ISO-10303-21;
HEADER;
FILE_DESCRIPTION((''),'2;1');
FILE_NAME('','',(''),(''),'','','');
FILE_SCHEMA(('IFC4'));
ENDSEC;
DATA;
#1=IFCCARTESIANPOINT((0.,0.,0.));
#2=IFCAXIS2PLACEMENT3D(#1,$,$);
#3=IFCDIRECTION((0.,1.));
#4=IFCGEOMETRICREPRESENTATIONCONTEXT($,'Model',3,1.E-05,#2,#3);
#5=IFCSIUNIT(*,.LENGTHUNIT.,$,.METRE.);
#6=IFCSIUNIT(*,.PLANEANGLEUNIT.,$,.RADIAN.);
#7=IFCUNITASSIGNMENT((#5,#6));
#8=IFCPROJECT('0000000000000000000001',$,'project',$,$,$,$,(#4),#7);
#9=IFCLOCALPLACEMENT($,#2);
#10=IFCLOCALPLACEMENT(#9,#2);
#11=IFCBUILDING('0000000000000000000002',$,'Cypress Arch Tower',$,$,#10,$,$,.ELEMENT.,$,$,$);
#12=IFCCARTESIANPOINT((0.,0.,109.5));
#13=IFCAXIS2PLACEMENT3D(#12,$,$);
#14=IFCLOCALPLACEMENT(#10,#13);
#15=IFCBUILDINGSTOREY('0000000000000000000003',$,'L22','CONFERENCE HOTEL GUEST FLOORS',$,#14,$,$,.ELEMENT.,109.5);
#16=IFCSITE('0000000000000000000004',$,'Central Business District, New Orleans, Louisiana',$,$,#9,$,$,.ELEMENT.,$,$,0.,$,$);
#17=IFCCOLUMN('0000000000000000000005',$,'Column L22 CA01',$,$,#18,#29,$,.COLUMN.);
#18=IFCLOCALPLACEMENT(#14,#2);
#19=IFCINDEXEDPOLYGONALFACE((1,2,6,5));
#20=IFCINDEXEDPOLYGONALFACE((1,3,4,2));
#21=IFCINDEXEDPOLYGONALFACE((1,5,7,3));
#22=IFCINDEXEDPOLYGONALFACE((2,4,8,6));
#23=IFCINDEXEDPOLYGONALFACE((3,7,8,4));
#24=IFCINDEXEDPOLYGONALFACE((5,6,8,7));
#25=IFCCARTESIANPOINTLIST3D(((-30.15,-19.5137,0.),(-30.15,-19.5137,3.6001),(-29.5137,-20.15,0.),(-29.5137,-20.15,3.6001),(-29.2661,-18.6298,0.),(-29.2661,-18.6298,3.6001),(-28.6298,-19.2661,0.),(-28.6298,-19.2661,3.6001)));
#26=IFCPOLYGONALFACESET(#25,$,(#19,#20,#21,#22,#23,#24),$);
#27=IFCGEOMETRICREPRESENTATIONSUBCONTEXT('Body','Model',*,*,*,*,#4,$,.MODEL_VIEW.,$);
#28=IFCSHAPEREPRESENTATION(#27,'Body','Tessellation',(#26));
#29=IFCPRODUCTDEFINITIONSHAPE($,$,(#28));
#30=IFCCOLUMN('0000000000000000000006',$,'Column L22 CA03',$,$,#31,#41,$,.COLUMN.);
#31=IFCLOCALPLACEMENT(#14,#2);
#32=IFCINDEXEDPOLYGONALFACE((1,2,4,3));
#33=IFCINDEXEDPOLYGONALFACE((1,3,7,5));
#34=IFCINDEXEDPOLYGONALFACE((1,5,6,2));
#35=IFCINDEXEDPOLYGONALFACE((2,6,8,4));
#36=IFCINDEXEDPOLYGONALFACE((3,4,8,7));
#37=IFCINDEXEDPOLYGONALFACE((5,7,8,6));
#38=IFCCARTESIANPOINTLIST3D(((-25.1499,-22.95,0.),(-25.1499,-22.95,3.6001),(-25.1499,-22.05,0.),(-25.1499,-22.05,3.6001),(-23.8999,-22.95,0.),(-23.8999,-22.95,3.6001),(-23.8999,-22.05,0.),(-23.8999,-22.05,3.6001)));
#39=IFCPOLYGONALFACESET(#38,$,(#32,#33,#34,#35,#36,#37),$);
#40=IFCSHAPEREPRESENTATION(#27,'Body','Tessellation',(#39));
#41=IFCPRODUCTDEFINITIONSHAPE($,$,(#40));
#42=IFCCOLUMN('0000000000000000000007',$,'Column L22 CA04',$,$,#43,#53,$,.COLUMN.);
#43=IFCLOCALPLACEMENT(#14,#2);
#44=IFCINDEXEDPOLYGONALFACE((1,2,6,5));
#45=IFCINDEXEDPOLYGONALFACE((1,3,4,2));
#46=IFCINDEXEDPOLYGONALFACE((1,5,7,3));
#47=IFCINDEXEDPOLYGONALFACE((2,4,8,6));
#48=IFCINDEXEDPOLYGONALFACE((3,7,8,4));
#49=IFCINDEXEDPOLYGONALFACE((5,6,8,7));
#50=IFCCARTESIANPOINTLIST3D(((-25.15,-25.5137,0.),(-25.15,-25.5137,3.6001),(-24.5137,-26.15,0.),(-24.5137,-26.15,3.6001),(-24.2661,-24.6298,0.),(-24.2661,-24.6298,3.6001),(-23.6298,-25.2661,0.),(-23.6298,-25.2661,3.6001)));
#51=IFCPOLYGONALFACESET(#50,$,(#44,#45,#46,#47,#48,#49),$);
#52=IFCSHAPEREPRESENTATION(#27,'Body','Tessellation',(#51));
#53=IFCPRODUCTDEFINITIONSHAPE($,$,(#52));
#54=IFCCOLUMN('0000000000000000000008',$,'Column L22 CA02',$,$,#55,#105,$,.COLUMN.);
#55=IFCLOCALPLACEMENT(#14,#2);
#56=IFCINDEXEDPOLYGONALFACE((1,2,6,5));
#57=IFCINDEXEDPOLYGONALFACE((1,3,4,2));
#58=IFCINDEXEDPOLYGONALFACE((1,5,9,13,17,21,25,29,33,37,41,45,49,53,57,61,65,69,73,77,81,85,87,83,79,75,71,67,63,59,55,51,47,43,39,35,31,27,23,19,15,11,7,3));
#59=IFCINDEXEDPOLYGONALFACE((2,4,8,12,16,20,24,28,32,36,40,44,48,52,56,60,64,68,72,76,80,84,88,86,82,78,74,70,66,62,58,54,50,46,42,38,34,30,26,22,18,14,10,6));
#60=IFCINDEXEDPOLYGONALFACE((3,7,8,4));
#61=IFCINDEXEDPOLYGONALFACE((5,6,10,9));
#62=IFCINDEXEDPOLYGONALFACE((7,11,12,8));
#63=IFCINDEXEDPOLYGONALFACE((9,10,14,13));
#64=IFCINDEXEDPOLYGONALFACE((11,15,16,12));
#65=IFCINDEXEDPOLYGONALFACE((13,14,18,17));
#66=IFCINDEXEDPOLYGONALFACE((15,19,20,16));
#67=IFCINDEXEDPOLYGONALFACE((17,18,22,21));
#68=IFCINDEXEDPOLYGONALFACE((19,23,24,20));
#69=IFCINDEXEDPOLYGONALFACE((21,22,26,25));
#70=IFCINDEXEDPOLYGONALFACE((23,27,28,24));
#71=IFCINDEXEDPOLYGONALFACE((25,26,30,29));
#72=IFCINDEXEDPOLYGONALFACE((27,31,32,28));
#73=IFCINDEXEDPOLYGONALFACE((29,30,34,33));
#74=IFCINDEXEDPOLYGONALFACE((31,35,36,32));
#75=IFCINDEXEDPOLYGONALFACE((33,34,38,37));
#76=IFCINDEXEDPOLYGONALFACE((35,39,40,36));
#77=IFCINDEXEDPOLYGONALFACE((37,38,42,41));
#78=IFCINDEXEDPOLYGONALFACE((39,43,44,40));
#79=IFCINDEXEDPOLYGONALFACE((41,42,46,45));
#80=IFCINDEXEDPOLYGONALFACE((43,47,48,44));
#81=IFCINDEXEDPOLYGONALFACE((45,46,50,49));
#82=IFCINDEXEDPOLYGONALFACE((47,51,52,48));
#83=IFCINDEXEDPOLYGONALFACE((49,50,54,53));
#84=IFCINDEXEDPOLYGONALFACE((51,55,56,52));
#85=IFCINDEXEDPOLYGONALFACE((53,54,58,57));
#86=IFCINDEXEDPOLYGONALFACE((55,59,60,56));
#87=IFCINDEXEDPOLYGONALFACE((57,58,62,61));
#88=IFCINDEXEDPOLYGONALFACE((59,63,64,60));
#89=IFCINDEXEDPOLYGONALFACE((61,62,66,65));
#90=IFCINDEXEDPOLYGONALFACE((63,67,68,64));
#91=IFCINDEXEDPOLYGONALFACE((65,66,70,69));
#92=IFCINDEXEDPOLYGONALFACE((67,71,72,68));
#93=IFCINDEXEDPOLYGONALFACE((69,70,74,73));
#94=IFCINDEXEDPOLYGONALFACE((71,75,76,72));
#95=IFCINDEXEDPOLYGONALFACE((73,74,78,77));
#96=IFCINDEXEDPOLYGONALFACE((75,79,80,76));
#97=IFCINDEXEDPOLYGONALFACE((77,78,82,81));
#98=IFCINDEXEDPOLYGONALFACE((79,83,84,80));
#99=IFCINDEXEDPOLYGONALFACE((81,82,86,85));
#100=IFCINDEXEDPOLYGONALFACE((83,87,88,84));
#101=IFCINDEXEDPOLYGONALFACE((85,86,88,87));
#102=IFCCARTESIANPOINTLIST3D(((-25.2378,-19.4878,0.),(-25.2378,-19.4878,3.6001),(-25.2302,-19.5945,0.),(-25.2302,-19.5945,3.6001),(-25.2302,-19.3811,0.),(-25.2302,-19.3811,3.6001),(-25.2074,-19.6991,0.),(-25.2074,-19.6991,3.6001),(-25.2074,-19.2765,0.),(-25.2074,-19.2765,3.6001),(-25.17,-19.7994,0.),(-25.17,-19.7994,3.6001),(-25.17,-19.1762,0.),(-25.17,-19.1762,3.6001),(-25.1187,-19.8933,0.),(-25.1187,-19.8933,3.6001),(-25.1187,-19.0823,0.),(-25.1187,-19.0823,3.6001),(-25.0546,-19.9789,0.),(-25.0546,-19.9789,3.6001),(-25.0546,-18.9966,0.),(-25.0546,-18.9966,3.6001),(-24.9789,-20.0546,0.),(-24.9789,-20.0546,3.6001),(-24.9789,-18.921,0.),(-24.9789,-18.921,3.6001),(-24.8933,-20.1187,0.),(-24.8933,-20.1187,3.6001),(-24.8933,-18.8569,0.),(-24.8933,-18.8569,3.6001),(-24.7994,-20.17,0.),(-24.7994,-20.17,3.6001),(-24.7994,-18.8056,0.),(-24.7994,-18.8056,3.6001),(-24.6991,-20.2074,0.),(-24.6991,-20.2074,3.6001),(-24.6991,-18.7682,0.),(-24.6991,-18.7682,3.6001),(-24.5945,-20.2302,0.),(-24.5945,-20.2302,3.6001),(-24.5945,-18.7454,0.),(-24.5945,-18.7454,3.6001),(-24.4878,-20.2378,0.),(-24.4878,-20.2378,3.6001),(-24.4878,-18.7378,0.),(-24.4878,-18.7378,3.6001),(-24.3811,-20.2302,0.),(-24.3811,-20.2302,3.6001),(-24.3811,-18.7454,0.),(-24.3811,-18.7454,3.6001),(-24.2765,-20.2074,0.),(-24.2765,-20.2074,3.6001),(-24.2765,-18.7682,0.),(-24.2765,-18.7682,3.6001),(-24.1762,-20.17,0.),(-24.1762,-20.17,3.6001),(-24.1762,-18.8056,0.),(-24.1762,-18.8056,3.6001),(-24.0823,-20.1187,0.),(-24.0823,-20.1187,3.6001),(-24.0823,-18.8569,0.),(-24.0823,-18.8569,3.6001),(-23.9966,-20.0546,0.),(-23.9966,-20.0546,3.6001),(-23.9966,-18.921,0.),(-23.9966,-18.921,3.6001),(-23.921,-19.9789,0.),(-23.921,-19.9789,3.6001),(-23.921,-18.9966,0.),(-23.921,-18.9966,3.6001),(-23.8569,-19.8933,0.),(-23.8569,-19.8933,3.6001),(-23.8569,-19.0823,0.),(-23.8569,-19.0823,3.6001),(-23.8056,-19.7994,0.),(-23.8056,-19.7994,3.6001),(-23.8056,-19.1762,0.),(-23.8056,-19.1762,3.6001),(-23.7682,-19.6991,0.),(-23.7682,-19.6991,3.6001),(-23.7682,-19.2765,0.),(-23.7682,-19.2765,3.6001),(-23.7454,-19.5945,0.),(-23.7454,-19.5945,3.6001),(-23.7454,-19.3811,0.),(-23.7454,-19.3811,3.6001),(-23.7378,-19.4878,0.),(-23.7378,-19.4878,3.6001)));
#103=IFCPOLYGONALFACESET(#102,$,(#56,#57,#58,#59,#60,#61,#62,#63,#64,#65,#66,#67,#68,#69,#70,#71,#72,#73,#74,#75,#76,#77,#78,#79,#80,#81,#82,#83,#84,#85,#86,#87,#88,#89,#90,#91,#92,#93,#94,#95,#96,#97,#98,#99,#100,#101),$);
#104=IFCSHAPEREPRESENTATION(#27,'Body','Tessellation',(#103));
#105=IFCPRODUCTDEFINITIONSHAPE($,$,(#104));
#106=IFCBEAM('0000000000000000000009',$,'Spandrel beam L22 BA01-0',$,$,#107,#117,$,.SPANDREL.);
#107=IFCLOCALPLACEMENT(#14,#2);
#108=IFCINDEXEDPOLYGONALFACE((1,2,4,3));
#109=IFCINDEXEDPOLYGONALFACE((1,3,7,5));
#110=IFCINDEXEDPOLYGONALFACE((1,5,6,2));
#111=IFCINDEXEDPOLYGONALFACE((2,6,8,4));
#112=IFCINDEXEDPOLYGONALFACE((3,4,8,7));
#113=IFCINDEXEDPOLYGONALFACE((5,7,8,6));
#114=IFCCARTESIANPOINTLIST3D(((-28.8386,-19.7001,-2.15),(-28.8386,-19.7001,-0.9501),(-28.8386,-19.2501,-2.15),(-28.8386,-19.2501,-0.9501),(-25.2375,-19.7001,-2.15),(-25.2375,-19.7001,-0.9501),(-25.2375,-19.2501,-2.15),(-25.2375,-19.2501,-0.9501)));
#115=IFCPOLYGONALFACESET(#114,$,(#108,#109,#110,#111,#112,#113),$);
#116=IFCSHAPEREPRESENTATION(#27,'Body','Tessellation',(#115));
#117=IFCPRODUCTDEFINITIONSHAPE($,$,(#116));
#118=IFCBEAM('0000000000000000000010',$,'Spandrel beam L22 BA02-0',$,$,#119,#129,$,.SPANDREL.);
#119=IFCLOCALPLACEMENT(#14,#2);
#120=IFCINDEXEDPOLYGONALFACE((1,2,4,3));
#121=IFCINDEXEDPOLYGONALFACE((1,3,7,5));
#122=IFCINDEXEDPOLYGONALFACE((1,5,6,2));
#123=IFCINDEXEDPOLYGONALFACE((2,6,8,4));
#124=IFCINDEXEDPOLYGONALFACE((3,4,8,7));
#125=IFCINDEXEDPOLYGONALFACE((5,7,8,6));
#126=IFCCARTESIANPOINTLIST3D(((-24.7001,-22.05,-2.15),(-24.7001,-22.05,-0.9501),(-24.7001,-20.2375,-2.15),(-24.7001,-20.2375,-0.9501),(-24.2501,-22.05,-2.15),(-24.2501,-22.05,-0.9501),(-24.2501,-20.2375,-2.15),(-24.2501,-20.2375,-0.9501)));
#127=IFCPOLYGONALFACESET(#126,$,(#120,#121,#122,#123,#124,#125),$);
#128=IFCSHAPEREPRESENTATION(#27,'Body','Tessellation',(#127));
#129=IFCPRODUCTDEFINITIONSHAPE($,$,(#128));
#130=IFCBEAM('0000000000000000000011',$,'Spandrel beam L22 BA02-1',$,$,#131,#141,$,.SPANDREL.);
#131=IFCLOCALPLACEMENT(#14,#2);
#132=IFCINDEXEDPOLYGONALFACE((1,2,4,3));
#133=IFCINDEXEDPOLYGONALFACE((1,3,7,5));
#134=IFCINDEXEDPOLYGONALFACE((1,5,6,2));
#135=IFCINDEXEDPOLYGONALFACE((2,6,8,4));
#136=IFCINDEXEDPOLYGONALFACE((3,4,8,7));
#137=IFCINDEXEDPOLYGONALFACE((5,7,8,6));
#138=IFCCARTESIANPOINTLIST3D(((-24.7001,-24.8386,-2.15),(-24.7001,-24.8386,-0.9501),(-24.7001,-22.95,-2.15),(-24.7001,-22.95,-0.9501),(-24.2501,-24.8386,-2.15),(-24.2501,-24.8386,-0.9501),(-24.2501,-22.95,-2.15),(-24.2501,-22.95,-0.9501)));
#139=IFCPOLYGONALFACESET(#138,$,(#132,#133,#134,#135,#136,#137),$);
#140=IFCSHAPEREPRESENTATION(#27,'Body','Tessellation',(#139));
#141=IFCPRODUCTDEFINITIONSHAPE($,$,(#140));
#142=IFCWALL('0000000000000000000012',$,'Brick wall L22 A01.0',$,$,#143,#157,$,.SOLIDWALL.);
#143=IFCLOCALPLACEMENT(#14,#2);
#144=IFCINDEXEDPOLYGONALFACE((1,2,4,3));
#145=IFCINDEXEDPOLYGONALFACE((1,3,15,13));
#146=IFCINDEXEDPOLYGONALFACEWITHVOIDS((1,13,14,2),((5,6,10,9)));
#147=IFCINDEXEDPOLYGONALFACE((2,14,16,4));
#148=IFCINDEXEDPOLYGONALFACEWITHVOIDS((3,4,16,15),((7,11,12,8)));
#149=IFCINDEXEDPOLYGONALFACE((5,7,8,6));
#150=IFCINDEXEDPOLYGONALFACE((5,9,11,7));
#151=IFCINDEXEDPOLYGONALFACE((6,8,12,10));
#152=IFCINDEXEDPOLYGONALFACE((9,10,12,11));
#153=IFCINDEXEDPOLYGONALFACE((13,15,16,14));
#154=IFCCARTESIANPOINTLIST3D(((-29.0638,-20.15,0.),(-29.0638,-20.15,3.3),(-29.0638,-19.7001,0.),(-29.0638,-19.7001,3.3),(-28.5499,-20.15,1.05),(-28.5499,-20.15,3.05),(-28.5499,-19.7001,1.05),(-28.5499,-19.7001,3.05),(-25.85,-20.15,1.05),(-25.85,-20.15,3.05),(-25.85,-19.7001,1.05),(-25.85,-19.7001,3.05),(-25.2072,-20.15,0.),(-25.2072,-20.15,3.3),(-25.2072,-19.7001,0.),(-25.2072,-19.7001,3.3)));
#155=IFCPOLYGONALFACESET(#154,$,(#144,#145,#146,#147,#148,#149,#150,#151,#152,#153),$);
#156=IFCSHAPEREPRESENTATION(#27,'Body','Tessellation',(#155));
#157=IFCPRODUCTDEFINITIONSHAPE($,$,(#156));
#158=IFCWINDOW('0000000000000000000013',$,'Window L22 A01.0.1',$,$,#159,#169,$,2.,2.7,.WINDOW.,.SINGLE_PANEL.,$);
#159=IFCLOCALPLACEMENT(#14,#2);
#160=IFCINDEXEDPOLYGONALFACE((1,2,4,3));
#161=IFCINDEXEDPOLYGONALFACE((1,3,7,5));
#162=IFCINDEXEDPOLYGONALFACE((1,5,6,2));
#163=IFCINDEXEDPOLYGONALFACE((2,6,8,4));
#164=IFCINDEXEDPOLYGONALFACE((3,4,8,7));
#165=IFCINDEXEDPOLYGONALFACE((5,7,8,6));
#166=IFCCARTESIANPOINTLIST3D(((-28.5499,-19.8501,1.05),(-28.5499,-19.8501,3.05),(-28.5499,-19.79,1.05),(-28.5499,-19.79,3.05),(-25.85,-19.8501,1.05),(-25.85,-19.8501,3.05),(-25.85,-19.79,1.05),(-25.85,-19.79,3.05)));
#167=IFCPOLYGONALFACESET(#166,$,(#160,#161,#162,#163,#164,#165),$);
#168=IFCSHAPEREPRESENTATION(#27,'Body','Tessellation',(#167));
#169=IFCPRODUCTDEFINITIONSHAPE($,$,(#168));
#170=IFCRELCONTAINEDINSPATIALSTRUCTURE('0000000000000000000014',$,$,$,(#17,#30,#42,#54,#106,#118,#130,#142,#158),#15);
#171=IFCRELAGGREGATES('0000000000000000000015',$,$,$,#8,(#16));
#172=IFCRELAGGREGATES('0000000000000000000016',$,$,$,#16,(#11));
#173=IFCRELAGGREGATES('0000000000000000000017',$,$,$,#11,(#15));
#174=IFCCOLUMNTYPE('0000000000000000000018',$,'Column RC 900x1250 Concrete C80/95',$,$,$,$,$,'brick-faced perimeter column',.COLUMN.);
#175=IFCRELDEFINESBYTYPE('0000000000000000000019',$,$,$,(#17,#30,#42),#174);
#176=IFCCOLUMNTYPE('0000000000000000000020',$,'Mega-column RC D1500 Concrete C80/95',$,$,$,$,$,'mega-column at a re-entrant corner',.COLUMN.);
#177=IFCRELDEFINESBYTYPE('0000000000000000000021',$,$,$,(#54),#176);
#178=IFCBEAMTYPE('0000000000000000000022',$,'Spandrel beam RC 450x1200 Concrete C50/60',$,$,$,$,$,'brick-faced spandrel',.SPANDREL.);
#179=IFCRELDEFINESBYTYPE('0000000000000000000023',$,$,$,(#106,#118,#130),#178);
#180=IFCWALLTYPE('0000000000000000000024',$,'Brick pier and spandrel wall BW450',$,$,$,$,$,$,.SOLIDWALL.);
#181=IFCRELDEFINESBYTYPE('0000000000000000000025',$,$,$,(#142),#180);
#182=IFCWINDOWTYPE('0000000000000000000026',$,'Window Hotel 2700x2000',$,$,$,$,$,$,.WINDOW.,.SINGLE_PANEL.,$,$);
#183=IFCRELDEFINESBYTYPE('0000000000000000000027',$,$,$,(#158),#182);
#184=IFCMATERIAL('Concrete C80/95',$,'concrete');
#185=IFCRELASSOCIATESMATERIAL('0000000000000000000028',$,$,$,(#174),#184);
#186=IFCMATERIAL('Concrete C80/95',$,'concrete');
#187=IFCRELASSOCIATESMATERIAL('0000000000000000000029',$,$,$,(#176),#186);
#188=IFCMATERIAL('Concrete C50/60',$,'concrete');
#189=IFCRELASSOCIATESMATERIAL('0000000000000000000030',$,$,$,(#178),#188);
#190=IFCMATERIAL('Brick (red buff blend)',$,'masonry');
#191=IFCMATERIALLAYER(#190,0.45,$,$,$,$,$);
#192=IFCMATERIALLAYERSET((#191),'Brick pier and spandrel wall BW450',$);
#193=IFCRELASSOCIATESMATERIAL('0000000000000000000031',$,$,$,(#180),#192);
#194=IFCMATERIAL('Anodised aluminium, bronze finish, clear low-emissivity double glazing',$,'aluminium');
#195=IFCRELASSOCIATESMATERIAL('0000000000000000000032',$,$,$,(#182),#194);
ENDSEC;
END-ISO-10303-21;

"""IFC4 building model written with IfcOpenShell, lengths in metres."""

from ifc_helpers import new_model, si_unit, direction, frame, frame_2d, origin, origin_2d, place, context, subcontext, project, spatial, rectangle, circle, extrude, material, layer, layer_set, material_profile, profile_set, type_object, element, fill, save


model = new_model("IFC4")

# Units and contexts
model_context = context("Model", 3, precision=1e-05, world=origin(), true_north=direction((0.0, 1.0)))
body_context = subcontext(model_context, "Body", "Model", "MODEL_VIEW")
ifc_project = project(units=[si_unit("LENGTHUNIT", "METRE"), si_unit("PLANEANGLEUNIT", "RADIAN")], contexts=[model_context])

# Site, building, storey
site_placement = place(None, origin())
site = spatial("IfcSite", under=ifc_project, at=site_placement, Name="Central Business District, New Orleans, Louisiana", CompositionType="ELEMENT", RefElevation=0.0)
building_placement = place(site_placement, origin())
building = spatial("IfcBuilding", under=site, at=building_placement, Name="Cypress Arch Tower", CompositionType="ELEMENT")
storey_placement = place(building_placement, frame((0.0, 0.0, 109.5)))
storey = spatial("IfcBuildingStorey", under=building, at=storey_placement, Name="L22", Description="CONFERENCE HOTEL GUEST FLOORS", CompositionType="ELEMENT", Elevation=109.5)

# Columns
ifc_material_1 = material(Name="Concrete C80/95", Category="concrete")
ifc_material_profile_1 = material_profile(ifc_material_1, rectangle(XDim=0.8999, YDim=1.25, at=origin_2d()), Name="RC 900x1250")
ifc_profile_set_1 = profile_set([ifc_material_profile_1], Name="Concrete C80/95")
column_type_1 = type_object("IfcColumnType", Name="Column RC 900x1250 Concrete C80/95", ElementType="brick-faced perimeter column", PredefinedType="COLUMN", material=ifc_profile_set_1)
for number, where, z_axis, x_axis, name in (
    (1, (-29.3899, -19.3899, 0.0), (0.0, 0.0, 1.0), (0.707107, -0.707107, 0.0), "Column L22 CA01"),
    (2, (-24.5249, -22.5, 0.0), (0.0, 0.0, 1.0), (0.0, -1.0, 0.0), "Column L22 CA03"),
    (3, (-24.3899, -25.3899, 0.0), (0.0, 0.0, 1.0), (0.707107, -0.707107, 0.0), "Column L22 CA04"),
):
    element("IfcColumn", number, at=place(storey_placement, frame(where, z_axis=z_axis, x_axis=x_axis)), inside=storey, type_object=column_type_1, Name=name, PredefinedType="COLUMN", context=body_context, shape_type="SweptSolid", body=[
        extrude(rectangle(XDim=0.8999, YDim=1.25, at=origin_2d()), origin(), (0.0, 0.0, 1.0), 3.6001),
    ])
ifc_material_2 = material(Name="Concrete C80/95", Category="concrete")
ifc_material_profile_2 = material_profile(ifc_material_2, circle(Radius=0.75, at=origin_2d()), Name="RC D1500")
ifc_profile_set_2 = profile_set([ifc_material_profile_2], Name="Concrete C80/95")
column_type_2 = type_object("IfcColumnType", Name="Mega-column RC D1500 Concrete C80/95", ElementType="mega-column at a re-entrant corner", PredefinedType="COLUMN", material=ifc_profile_set_2)
column_placement = place(storey_placement, frame((-24.4878, -19.4878, 0.0), z_axis=(0.0, 0.0, 1.0), x_axis=(1.0, 0.0, 0.0)))
element("IfcColumn", 4, at=column_placement, inside=storey, type_object=column_type_2, Name="Column L22 CA02", PredefinedType="COLUMN", context=body_context, shape_type="SweptSolid", body=[
    extrude(circle(Radius=0.75, at=origin_2d()), origin(), (0.0, 0.0, 1.0), 3.6001),
])

# Beams
ifc_material_3 = material(Name="Concrete C50/60", Category="concrete")
ifc_material_profile_3 = material_profile(ifc_material_3, rectangle(XDim=0.45, YDim=1.2, at=origin_2d()), Name="RC 450x1200")
ifc_profile_set_3 = profile_set([ifc_material_profile_3], Name="Concrete C50/60")
beam_type = type_object("IfcBeamType", Name="Spandrel beam RC 450x1200 Concrete C50/60", ElementType="brick-faced spandrel", PredefinedType="SPANDREL", material=ifc_profile_set_3)
beam_1_placement = place(storey_placement, frame((-28.8386, -19.4751, -1.55), z_axis=(1.0, 0.0, 0.0), x_axis=(0.0, 1.0, 0.0)))
element("IfcBeam", 5, at=beam_1_placement, inside=storey, type_object=beam_type, Name="Spandrel beam L22 BA01-0", PredefinedType="SPANDREL", context=body_context, shape_type="SweptSolid", body=[
    extrude(rectangle(XDim=0.45, YDim=1.2, at=origin_2d()), origin(), (0.0, 0.0, 1.0), 3.6011),
])
beam_2_placement = place(storey_placement, frame((-24.4751, -20.2375, -1.55), z_axis=(0.0, -1.0, 0.0), x_axis=(1.0, 0.0, 0.0)))
element("IfcBeam", 6, at=beam_2_placement, inside=storey, type_object=beam_type, Name="Spandrel beam L22 BA02-0", PredefinedType="SPANDREL", context=body_context, shape_type="SweptSolid", body=[
    extrude(rectangle(XDim=0.45, YDim=1.2, at=origin_2d()), origin(), (0.0, 0.0, 1.0), 1.8125),
])
beam_3_placement = place(storey_placement, frame((-24.4751, -22.95, -1.55), z_axis=(0.0, -1.0, 0.0), x_axis=(1.0, 0.0, 0.0)))
element("IfcBeam", 7, at=beam_3_placement, inside=storey, type_object=beam_type, Name="Spandrel beam L22 BA02-1", PredefinedType="SPANDREL", context=body_context, shape_type="SweptSolid", body=[
    extrude(rectangle(XDim=0.45, YDim=1.2, at=origin_2d()), origin(), (0.0, 0.0, 1.0), 1.8887),
])

# Wall, opening, window
ifc_material_4 = material(Name="Brick (red buff blend)", Category="masonry")
ifc_layer_1 = layer(ifc_material_4, 0.45)
ifc_layer_set_1 = layer_set([ifc_layer_1], Name="Brick pier and spandrel wall BW450")
wall_type_1 = type_object("IfcWallType", Name="Brick pier and spandrel wall BW450", PredefinedType="SOLIDWALL", material=ifc_layer_set_1)
wall_1_placement = place(storey_placement, frame((-29.0637, -19.925, 0.0), z_axis=(0.0, 0.0, 1.0), x_axis=(1.0, 0.0, 0.0)))
wall_1 = element("IfcWall", 8, at=wall_1_placement, inside=storey, type_object=wall_type_1, Name="Brick wall L22 A01.0", PredefinedType="SOLIDWALL", context=body_context, shape_type="SweptSolid", body=[
    extrude(rectangle(XDim=3.8567, YDim=0.45, at=frame_2d((1.9282, 0.0))), origin(), (0.0, 0.0, 1.0), 3.3),
])
opening_1_placement = place(wall_1_placement, frame((0.5137, 0.0, 1.05)))
opening_1 = element("IfcOpeningElement", 9, at=opening_1_placement, cuts=wall_1, PredefinedType="OPENING", context=body_context, shape_type="SweptSolid", body=[
    extrude(rectangle(XDim=2.7, YDim=2.0, at=frame_2d((1.3501, 1.0))), frame((0.0, 0.2349, 0.0), z_axis=(0.0, -1.0, 0.0), x_axis=(1.0, 0.0, 0.0)), (0.0, 0.0, 1.0), 0.47),
])
ifc_material_5 = material(Name="Anodised aluminium, bronze finish, clear low-emissivity double glazing", Category="aluminium")
window_type_1 = type_object("IfcWindowType", Name="Window Hotel 2700x2000", PartitioningType="SINGLE_PANEL", PredefinedType="WINDOW", material=ifc_material_5)
window_1_placement = place(opening_1_placement, origin())
window_1 = element("IfcWindow", 10, at=window_1_placement, inside=storey, type_object=window_type_1, Name="Window L22 A01.0.1", OverallHeight=2.0, OverallWidth=2.7, PartitioningType="SINGLE_PANEL", PredefinedType="WINDOW", context=body_context, shape_type="SweptSolid", body=[
    extrude(rectangle(XDim=2.7, YDim=2.0, at=frame_2d((1.3501, 1.0))), frame((0.0, 0.135, 0.0), z_axis=(0.0, -1.0, 0.0), x_axis=(1.0, 0.0, 0.0)), (0.0, 0.0, 1.0), 0.0601),
])
fill(opening_1, window_1)

save(model, "model.ifc")
